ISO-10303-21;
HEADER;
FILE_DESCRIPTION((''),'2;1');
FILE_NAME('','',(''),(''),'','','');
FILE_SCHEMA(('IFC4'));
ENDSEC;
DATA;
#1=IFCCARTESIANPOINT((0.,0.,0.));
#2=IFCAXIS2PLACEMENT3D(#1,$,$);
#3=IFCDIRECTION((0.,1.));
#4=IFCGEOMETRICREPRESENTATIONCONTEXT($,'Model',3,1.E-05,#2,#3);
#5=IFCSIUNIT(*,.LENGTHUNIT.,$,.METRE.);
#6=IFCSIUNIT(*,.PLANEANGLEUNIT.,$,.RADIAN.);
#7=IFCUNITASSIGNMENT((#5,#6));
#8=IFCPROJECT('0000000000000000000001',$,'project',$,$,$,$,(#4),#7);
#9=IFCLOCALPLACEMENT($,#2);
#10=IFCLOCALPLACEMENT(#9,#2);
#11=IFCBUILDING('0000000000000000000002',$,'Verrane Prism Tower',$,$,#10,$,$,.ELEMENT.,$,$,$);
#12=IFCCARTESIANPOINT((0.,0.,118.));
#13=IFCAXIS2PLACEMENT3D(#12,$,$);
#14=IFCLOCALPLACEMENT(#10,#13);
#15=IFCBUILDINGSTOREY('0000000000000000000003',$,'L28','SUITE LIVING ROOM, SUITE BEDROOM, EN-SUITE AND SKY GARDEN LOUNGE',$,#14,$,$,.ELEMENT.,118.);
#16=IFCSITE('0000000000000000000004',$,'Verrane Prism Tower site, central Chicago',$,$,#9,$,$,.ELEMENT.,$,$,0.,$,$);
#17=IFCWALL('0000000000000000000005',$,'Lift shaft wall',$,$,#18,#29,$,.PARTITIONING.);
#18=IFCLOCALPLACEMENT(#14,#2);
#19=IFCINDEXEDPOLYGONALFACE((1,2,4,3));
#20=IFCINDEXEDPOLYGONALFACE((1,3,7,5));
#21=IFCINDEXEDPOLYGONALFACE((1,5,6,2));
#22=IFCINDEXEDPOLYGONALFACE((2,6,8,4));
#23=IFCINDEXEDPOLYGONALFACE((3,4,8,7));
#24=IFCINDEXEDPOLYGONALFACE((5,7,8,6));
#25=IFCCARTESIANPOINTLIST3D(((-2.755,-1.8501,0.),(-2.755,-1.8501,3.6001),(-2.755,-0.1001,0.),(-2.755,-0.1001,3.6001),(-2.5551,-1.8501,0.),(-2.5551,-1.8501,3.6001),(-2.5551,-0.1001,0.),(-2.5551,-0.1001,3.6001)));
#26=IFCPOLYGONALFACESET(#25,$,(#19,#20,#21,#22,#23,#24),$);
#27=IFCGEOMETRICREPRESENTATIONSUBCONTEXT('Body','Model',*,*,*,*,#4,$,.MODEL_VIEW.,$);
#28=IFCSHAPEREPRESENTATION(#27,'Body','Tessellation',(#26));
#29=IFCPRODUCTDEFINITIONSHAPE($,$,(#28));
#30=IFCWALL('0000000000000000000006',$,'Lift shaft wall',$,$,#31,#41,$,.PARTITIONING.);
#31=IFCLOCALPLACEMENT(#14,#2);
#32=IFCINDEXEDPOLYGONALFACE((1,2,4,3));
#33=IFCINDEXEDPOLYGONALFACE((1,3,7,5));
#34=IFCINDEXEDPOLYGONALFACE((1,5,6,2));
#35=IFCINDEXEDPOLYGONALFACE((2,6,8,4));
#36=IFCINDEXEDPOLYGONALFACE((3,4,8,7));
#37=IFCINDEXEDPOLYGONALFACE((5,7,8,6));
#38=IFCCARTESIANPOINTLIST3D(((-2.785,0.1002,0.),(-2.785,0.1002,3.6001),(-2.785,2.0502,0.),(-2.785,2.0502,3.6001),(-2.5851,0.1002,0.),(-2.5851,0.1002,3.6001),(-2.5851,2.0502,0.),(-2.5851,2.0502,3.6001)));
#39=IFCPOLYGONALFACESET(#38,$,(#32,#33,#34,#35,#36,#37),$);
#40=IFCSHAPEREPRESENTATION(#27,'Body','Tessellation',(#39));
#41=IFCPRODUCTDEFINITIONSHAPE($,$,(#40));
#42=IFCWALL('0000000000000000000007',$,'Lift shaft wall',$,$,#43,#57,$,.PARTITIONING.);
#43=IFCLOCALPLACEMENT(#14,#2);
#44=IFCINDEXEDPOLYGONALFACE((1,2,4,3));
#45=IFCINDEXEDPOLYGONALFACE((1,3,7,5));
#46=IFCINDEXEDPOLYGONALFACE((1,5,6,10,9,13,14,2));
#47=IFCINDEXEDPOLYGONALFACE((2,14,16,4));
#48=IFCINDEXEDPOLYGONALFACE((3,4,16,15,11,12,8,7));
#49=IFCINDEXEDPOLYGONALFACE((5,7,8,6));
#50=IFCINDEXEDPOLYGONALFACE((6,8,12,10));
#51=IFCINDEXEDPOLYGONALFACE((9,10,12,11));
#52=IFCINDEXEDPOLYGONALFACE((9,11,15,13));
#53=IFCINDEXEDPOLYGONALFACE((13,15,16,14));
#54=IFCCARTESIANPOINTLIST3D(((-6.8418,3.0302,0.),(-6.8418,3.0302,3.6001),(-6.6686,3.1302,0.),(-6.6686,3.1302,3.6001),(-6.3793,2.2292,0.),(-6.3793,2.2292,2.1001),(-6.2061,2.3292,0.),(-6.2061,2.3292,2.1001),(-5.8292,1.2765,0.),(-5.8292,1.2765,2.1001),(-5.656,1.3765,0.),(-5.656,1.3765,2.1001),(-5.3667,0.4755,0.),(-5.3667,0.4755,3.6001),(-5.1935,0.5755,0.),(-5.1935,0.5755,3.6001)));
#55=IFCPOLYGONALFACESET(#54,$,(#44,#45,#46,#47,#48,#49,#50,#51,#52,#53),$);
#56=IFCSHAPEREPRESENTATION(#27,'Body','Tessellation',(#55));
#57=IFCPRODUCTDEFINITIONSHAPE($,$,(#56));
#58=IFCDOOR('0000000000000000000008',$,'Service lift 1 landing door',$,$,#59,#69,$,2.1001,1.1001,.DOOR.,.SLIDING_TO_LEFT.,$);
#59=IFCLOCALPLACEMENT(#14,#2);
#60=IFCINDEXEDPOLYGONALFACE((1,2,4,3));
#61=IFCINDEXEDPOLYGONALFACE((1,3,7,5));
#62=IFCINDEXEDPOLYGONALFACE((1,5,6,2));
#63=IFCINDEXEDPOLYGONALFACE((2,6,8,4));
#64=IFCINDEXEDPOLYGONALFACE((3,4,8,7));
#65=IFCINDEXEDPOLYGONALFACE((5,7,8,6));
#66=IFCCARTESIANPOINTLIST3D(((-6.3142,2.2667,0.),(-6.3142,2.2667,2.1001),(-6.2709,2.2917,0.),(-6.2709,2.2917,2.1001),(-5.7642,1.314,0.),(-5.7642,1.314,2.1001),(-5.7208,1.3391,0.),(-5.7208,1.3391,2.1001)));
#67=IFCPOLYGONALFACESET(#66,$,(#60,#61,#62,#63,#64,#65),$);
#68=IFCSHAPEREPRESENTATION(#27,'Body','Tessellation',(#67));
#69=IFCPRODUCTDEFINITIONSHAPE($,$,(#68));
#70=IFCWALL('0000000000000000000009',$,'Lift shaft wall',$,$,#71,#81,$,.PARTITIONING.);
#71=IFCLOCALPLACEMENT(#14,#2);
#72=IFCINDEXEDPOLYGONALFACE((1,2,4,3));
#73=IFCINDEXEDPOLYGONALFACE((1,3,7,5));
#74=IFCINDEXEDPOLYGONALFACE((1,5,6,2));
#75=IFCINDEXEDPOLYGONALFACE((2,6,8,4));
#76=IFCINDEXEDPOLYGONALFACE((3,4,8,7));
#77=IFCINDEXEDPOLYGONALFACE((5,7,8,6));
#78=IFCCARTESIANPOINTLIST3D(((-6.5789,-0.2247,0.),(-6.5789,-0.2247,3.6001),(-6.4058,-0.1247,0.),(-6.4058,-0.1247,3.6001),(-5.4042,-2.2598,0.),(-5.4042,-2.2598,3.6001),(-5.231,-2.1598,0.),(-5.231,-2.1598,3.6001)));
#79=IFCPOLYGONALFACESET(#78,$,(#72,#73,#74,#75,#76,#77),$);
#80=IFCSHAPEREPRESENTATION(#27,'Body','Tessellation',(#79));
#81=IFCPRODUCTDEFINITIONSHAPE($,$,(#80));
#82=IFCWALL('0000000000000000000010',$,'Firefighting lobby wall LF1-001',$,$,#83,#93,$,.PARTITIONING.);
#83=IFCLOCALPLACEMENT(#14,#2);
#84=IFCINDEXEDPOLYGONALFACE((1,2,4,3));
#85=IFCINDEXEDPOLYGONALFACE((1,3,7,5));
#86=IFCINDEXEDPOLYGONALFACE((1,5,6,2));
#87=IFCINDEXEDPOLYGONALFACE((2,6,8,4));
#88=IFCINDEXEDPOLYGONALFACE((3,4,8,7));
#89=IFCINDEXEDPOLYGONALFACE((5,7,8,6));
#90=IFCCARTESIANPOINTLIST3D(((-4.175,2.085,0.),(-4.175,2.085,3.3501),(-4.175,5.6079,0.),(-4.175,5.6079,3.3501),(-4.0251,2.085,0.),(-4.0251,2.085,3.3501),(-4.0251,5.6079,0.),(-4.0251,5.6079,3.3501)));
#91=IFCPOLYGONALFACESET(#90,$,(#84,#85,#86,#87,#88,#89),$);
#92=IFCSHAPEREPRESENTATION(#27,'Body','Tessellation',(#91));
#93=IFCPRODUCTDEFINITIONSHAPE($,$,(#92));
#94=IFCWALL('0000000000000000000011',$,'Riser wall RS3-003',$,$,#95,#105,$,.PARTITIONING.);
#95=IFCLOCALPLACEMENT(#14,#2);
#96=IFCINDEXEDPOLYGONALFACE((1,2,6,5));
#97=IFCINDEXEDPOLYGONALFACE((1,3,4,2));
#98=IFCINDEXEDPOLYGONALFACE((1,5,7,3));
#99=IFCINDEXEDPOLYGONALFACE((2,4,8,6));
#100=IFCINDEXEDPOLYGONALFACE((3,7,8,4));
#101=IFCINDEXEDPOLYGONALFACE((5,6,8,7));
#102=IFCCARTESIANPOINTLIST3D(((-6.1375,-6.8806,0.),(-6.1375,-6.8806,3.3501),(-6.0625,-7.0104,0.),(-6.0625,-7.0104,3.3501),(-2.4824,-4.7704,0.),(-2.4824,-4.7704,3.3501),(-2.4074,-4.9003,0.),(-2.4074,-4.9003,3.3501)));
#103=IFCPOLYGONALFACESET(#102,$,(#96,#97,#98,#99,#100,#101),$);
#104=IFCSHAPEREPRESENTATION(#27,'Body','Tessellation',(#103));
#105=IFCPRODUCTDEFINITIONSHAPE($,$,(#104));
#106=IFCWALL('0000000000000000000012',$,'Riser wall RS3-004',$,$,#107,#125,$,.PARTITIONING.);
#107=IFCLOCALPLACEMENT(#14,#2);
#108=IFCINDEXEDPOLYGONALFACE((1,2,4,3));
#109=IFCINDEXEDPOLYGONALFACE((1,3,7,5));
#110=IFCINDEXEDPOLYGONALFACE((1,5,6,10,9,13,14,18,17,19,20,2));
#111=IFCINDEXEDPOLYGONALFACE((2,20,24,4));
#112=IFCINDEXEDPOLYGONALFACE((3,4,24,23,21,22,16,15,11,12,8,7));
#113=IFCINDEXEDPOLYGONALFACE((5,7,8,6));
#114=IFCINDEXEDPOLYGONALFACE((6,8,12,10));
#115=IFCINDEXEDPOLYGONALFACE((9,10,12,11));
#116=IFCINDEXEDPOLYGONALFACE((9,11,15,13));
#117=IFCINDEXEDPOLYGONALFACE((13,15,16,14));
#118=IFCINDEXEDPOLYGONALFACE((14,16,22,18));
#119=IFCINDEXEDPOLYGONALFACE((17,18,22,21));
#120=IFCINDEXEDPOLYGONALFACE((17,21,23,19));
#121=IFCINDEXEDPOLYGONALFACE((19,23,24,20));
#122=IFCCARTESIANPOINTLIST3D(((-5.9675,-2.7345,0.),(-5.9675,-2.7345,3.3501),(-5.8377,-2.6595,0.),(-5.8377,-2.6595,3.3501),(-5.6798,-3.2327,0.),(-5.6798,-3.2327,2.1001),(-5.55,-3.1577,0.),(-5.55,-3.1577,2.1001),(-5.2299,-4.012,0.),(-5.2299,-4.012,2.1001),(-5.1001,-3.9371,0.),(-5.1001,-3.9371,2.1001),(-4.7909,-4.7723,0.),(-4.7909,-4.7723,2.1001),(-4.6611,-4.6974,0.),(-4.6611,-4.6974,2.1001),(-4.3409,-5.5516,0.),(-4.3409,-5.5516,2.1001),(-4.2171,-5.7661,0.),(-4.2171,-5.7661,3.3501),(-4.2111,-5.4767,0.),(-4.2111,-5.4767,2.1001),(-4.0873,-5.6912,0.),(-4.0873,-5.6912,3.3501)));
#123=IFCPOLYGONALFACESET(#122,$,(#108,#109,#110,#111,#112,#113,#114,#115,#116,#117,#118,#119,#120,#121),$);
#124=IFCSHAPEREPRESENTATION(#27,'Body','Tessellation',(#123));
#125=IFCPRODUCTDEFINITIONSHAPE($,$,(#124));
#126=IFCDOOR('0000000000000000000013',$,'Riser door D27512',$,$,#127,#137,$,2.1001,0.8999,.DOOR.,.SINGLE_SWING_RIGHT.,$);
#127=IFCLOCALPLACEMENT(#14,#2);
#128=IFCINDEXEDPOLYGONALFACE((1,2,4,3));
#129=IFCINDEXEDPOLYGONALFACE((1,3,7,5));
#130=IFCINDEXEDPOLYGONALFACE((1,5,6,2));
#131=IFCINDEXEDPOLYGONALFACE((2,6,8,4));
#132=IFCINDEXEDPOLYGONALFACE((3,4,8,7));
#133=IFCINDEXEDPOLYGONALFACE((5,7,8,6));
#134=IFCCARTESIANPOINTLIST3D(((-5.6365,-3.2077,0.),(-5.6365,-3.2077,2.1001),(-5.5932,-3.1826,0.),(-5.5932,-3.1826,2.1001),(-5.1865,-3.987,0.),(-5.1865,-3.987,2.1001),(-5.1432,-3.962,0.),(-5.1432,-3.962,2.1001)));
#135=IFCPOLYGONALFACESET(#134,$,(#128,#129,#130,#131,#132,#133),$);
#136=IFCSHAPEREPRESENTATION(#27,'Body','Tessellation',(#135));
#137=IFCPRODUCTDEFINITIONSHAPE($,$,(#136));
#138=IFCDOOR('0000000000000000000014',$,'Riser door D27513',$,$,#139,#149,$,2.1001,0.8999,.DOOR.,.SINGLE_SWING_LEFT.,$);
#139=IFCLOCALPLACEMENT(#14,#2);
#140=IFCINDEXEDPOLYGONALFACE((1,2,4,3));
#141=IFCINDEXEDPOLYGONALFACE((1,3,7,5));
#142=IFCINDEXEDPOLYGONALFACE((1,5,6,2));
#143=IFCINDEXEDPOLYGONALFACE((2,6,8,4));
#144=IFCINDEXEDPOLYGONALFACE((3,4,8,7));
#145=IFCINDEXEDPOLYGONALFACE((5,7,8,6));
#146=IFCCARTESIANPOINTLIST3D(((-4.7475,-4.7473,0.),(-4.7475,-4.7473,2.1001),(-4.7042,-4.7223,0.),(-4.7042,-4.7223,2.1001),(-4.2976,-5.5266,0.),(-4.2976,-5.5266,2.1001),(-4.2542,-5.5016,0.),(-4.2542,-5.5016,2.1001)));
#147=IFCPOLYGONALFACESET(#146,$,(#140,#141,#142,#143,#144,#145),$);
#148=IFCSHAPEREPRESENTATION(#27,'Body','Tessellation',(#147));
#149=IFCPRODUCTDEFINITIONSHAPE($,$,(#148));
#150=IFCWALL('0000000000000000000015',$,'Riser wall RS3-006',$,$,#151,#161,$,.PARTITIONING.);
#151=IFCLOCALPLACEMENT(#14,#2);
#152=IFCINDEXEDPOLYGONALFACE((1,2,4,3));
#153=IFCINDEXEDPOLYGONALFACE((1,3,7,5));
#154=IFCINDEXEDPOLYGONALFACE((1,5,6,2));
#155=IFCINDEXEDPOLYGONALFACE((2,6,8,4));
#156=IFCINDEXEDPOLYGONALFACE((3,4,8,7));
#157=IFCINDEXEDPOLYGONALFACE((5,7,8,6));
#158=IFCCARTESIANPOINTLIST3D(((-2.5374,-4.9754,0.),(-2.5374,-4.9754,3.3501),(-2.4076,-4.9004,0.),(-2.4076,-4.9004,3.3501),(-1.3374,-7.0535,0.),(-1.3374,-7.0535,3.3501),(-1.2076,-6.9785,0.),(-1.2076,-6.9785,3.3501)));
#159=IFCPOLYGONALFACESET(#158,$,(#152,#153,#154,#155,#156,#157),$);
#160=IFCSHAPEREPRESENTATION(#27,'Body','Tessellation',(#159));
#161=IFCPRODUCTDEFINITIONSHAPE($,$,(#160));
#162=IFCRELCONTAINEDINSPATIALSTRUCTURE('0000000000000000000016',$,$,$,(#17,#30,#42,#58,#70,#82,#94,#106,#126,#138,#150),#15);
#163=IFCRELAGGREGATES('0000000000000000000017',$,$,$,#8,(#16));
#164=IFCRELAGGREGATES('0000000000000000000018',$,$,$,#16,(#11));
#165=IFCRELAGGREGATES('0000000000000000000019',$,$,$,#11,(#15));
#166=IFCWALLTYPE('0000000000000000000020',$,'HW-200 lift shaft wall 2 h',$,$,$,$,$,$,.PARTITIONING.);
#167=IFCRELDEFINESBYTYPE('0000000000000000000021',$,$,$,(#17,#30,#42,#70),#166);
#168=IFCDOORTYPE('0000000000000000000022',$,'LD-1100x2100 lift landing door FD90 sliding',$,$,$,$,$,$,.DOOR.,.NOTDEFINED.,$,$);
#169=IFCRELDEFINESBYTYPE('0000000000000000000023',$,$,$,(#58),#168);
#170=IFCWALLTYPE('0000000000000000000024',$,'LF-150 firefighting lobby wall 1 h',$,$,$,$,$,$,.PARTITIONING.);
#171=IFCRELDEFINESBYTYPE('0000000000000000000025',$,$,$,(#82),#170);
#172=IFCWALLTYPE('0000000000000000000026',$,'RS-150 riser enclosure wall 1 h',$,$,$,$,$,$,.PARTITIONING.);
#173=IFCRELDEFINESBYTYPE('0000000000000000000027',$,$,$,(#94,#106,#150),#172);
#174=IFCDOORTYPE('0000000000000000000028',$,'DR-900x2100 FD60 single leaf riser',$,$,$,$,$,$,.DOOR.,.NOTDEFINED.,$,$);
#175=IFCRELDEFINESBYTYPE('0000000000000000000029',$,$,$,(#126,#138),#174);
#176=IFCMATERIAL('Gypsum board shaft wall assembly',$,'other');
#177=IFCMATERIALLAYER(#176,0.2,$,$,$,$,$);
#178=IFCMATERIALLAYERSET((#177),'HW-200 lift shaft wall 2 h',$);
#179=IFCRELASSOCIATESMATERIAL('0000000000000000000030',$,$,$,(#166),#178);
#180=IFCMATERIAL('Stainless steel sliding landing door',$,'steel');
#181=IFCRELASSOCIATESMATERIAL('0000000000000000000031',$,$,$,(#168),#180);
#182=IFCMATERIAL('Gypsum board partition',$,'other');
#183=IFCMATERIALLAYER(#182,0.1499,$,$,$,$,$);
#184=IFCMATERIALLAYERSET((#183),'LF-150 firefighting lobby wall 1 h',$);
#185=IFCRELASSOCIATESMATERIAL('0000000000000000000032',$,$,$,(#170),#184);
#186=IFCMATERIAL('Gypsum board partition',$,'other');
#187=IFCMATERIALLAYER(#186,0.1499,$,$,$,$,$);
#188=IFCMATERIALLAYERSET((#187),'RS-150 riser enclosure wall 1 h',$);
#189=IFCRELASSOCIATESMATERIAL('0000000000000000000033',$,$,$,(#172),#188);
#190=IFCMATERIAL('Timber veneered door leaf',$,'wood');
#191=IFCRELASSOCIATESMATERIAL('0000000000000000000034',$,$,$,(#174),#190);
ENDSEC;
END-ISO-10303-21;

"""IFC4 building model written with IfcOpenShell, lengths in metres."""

from ifc_helpers import new_model, si_unit, direction, frame, frame_2d, origin, place, context, subcontext, project, spatial, rectangle, extrude, material, layer, layer_set, type_object, element, fill, save


model = new_model("IFC4")

# Units and contexts
model_context = context("Model", 3, precision=1e-05, world=origin(), true_north=direction((0.0, 1.0)))
body_context = subcontext(model_context, "Body", "Model", "MODEL_VIEW")
ifc_project = project(units=[si_unit("LENGTHUNIT", "METRE"), si_unit("PLANEANGLEUNIT", "RADIAN")], contexts=[model_context])

# Site, building, storey
site_placement = place(None, origin())
site = spatial("IfcSite", under=ifc_project, at=site_placement, Name="Verrane Prism Tower site, central Chicago", CompositionType="ELEMENT", RefElevation=0.0)
building_placement = place(site_placement, origin())
building = spatial("IfcBuilding", under=site, at=building_placement, Name="Verrane Prism Tower", CompositionType="ELEMENT")
storey_placement = place(building_placement, frame((0.0, 0.0, 118.0)))
storey = spatial("IfcBuildingStorey", under=building, at=storey_placement, Name="L28", Description="SUITE LIVING ROOM, SUITE BEDROOM, EN-SUITE AND SKY GARDEN LOUNGE", CompositionType="ELEMENT", Elevation=118.0)

# Shared definitions
ifc_material_1 = material(Name="Gypsum board shaft wall assembly", Category="other")
ifc_layer_1 = layer(ifc_material_1, 0.2)
ifc_layer_set_1 = layer_set([ifc_layer_1], Name="HW-200 lift shaft wall 2 h")
wall_type_1 = type_object("IfcWallType", Name="HW-200 lift shaft wall 2 h", PredefinedType="PARTITIONING", material=ifc_layer_set_1)
ifc_material_2 = material(Name="Stainless steel sliding landing door", Category="steel")
door_type_1 = type_object("IfcDoorType", Name="LD-1100x2100 lift landing door FD90 sliding", OperationType="NOTDEFINED", PredefinedType="DOOR", material=ifc_material_2)

# Walls
for number, where, z_axis, x_axis, name in (
    (1, (-2.655, -1.8501, 0.0), (0.0, 0.0, 1.0), (0.0, 1.0, 0.0), "Lift shaft wall"),
):
    element("IfcWall", number, at=place(storey_placement, frame(where, z_axis=z_axis, x_axis=x_axis)), inside=storey, type_object=wall_type_1, Name=name, PredefinedType="PARTITIONING", context=body_context, shape_type="SweptSolid", body=[
        extrude(rectangle(XDim=1.75, YDim=0.2, at=frame_2d((0.875, 0.0))), origin(), (0.0, 0.0, 1.0), 3.6001),
    ])
wall_1_placement = place(storey_placement, frame((-2.6851, 0.1001, 0.0), z_axis=(0.0, 0.0, 1.0), x_axis=(0.0, 1.0, 0.0)))
element("IfcWall", 2, at=wall_1_placement, inside=storey, type_object=wall_type_1, Name="Lift shaft wall", PredefinedType="PARTITIONING", context=body_context, shape_type="SweptSolid", body=[
    extrude(rectangle(XDim=1.95, YDim=0.2, at=frame_2d((0.9751, 0.0))), origin(), (0.0, 0.0, 1.0), 3.6001),
])

# Wall, opening, door
wall_2_placement = place(storey_placement, frame((-5.28, 0.5254, 0.0), z_axis=(0.0, 0.0, 1.0), x_axis=(-0.500038, 0.866004, 0.0)))
wall_2 = element("IfcWall", 3, at=wall_2_placement, inside=storey, type_object=wall_type_1, Name="Lift shaft wall", PredefinedType="PARTITIONING", context=body_context, shape_type="SweptSolid", body=[
    extrude(rectangle(XDim=2.95, YDim=0.2, at=frame_2d((1.4751, 0.0))), origin(), (0.0, 0.0, 1.0), 3.6001),
])
opening_1_placement = place(wall_2_placement, frame((0.925, 0.0, 0.0)))
opening_1 = element("IfcOpeningElement", 4, at=opening_1_placement, cuts=wall_2, PredefinedType="OPENING", context=body_context, shape_type="SweptSolid", body=[
    extrude(rectangle(XDim=1.1001, YDim=2.1001, at=frame_2d((0.55, 1.05))), frame((0.0, 0.1099, 0.0), z_axis=(0.0, -1.0, 0.0), x_axis=(1.0, 0.0, 0.0)), (0.0, 0.0, 1.0), 0.22),
])
door_1_placement = place(opening_1_placement, origin())
door_1 = element("IfcDoor", 5, at=door_1_placement, inside=storey, type_object=door_type_1, Name="Service lift 1 landing door", OperationType="SLIDING_TO_LEFT", OverallHeight=2.1001, OverallWidth=1.1001, PredefinedType="DOOR", context=body_context, shape_type="SweptSolid", body=[
    extrude(rectangle(XDim=1.1001, YDim=2.1001, at=frame_2d((0.55, 1.05))), frame((0.0, 0.0249, 0.0), z_axis=(0.0, -1.0, 0.0), x_axis=(1.0, 0.0, 0.0)), (0.0, 0.0, 1.0), 0.05),
])
fill(opening_1, door_1)

# Walls
wall_3_placement = place(storey_placement, frame((-5.3176, -2.2097, 0.0), z_axis=(0.0, 0.0, 1.0), x_axis=(-0.499938, 0.866061, 0.0)))
element("IfcWall", 6, at=wall_3_placement, inside=storey, type_object=wall_type_1, Name="Lift shaft wall", PredefinedType="PARTITIONING", context=body_context, shape_type="SweptSolid", body=[
    extrude(rectangle(XDim=2.3499, YDim=0.2, at=frame_2d((1.1748, 0.0))), origin(), (0.0, 0.0, 1.0), 3.6001),
])
ifc_material_3 = material(Name="Gypsum board partition", Category="other")
ifc_layer_2 = layer(ifc_material_3, 0.1499)
ifc_layer_set_2 = layer_set([ifc_layer_2], Name="LF-150 firefighting lobby wall 1 h")
wall_type_2 = type_object("IfcWallType", Name="LF-150 firefighting lobby wall 1 h", PredefinedType="PARTITIONING", material=ifc_layer_set_2)
wall_4_placement = place(storey_placement, frame((-4.1001, 2.085, 0.0), z_axis=(0.0, 0.0, 1.0), x_axis=(0.0, 1.0, 0.0)))
element("IfcWall", 7, at=wall_4_placement, inside=storey, type_object=wall_type_2, Name="Firefighting lobby wall LF1-001", PredefinedType="PARTITIONING", context=body_context, shape_type="SweptSolid", body=[
    extrude(rectangle(XDim=3.5229, YDim=0.1499, at=frame_2d((1.7615, 0.0))), origin(), (0.0, 0.0, 1.0), 3.3501),
])
ifc_material_4 = material(Name="Gypsum board partition", Category="other")
ifc_layer_3 = layer(ifc_material_4, 0.1499)
ifc_layer_set_3 = layer_set([ifc_layer_3], Name="RS-150 riser enclosure wall 1 h")
wall_type_3 = type_object("IfcWallType", Name="RS-150 riser enclosure wall 1 h", PredefinedType="PARTITIONING", material=ifc_layer_set_3)
wall_5_placement = place(storey_placement, frame((-6.1001, -6.9456, 0.0), z_axis=(0.0, 0.0, 1.0), x_axis=(0.866038, 0.499978, 0.0)))
element("IfcWall", 8, at=wall_5_placement, inside=storey, type_object=wall_type_3, Name="Riser wall RS3-003", PredefinedType="PARTITIONING", context=body_context, shape_type="SweptSolid", body=[
    extrude(rectangle(XDim=4.2205, YDim=0.1499, at=frame_2d((2.1104, 0.0))), origin(), (0.0, 0.0, 1.0), 3.3501),
])

# Wall, openings, doors
wall_6_placement = place(storey_placement, frame((-4.1521, -5.7288, 0.0), z_axis=(0.0, 0.0, 1.0), x_axis=(-0.500024, 0.866011, 0.0)))
wall_6 = element("IfcWall", 9, at=wall_6_placement, inside=storey, type_object=wall_type_3, Name="Riser wall RS3-004", PredefinedType="PARTITIONING", context=body_context, shape_type="SweptSolid", body=[
    extrude(rectangle(XDim=3.5007, YDim=0.1499, at=frame_2d((1.7505, 0.0))), origin(), (0.0, 0.0, 1.0), 3.3501),
])
opening_2_placement = place(wall_6_placement, frame((2.0256, 0.0, 0.0)))
opening_2 = element("IfcOpeningElement", 10, at=opening_2_placement, cuts=wall_6, PredefinedType="OPENING", context=body_context, shape_type="SweptSolid", body=[
    extrude(rectangle(XDim=0.8999, YDim=2.1001, at=frame_2d((0.45, 1.05))), frame((0.0, 0.085, 0.0), z_axis=(0.0, -1.0, 0.0), x_axis=(1.0, 0.0, 0.0)), (0.0, 0.0, 1.0), 0.1699),
])
opening_3_placement = place(wall_6_placement, frame((0.2478, 0.0, 0.0)))
opening_3 = element("IfcOpeningElement", 11, at=opening_3_placement, cuts=wall_6, PredefinedType="OPENING", context=body_context, shape_type="SweptSolid", body=[
    extrude(rectangle(XDim=0.8999, YDim=2.1001, at=frame_2d((0.45, 1.05))), frame((0.0, 0.085, 0.0), z_axis=(0.0, -1.0, 0.0), x_axis=(1.0, 0.0, 0.0)), (0.0, 0.0, 1.0), 0.1699),
])
ifc_material_5 = material(Name="Timber veneered door leaf", Category="wood")
door_type_2 = type_object("IfcDoorType", Name="DR-900x2100 FD60 single leaf riser", OperationType="NOTDEFINED", PredefinedType="DOOR", material=ifc_material_5)
door_2_placement = place(opening_2_placement, origin())
door_2 = element("IfcDoor", 12, at=door_2_placement, inside=storey, type_object=door_type_2, Name="Riser door D27512", OperationType="SINGLE_SWING_RIGHT", OverallHeight=2.1001, OverallWidth=0.8999, PredefinedType="DOOR", context=body_context, shape_type="SweptSolid", body=[
    extrude(rectangle(XDim=0.8999, YDim=2.1001, at=frame_2d((0.45, 1.05))), frame((0.0, 0.0249, 0.0), z_axis=(0.0, -1.0, 0.0), x_axis=(1.0, 0.0, 0.0)), (0.0, 0.0, 1.0), 0.05),
])
fill(opening_2, door_2)
door_3_placement = place(opening_3_placement, origin())
door_3 = element("IfcDoor", 13, at=door_3_placement, inside=storey, type_object=door_type_2, Name="Riser door D27513", OperationType="SINGLE_SWING_LEFT", OverallHeight=2.1001, OverallWidth=0.8999, PredefinedType="DOOR", context=body_context, shape_type="SweptSolid", body=[
    extrude(rectangle(XDim=0.8999, YDim=2.1001, at=frame_2d((0.45, 1.05))), frame((0.0, 0.0249, 0.0), z_axis=(0.0, -1.0, 0.0), x_axis=(1.0, 0.0, 0.0)), (0.0, 0.0, 1.0), 0.05),
])
fill(opening_3, door_3)

# Wall
wall_7_placement = place(storey_placement, frame((-2.4724, -4.938, 0.0), z_axis=(0.0, 0.0, 1.0), x_axis=(0.500045, -0.865999, 0.0)))
element("IfcWall", 14, at=wall_7_placement, inside=storey, type_object=wall_type_3, Name="Riser wall RS3-006", PredefinedType="PARTITIONING", context=body_context, shape_type="SweptSolid", body=[
    extrude(rectangle(XDim=2.3997, YDim=0.1499, at=frame_2d((1.1997, 0.0))), origin(), (0.0, 0.0, 1.0), 3.3501),
])

save(model, "model.ifc")
